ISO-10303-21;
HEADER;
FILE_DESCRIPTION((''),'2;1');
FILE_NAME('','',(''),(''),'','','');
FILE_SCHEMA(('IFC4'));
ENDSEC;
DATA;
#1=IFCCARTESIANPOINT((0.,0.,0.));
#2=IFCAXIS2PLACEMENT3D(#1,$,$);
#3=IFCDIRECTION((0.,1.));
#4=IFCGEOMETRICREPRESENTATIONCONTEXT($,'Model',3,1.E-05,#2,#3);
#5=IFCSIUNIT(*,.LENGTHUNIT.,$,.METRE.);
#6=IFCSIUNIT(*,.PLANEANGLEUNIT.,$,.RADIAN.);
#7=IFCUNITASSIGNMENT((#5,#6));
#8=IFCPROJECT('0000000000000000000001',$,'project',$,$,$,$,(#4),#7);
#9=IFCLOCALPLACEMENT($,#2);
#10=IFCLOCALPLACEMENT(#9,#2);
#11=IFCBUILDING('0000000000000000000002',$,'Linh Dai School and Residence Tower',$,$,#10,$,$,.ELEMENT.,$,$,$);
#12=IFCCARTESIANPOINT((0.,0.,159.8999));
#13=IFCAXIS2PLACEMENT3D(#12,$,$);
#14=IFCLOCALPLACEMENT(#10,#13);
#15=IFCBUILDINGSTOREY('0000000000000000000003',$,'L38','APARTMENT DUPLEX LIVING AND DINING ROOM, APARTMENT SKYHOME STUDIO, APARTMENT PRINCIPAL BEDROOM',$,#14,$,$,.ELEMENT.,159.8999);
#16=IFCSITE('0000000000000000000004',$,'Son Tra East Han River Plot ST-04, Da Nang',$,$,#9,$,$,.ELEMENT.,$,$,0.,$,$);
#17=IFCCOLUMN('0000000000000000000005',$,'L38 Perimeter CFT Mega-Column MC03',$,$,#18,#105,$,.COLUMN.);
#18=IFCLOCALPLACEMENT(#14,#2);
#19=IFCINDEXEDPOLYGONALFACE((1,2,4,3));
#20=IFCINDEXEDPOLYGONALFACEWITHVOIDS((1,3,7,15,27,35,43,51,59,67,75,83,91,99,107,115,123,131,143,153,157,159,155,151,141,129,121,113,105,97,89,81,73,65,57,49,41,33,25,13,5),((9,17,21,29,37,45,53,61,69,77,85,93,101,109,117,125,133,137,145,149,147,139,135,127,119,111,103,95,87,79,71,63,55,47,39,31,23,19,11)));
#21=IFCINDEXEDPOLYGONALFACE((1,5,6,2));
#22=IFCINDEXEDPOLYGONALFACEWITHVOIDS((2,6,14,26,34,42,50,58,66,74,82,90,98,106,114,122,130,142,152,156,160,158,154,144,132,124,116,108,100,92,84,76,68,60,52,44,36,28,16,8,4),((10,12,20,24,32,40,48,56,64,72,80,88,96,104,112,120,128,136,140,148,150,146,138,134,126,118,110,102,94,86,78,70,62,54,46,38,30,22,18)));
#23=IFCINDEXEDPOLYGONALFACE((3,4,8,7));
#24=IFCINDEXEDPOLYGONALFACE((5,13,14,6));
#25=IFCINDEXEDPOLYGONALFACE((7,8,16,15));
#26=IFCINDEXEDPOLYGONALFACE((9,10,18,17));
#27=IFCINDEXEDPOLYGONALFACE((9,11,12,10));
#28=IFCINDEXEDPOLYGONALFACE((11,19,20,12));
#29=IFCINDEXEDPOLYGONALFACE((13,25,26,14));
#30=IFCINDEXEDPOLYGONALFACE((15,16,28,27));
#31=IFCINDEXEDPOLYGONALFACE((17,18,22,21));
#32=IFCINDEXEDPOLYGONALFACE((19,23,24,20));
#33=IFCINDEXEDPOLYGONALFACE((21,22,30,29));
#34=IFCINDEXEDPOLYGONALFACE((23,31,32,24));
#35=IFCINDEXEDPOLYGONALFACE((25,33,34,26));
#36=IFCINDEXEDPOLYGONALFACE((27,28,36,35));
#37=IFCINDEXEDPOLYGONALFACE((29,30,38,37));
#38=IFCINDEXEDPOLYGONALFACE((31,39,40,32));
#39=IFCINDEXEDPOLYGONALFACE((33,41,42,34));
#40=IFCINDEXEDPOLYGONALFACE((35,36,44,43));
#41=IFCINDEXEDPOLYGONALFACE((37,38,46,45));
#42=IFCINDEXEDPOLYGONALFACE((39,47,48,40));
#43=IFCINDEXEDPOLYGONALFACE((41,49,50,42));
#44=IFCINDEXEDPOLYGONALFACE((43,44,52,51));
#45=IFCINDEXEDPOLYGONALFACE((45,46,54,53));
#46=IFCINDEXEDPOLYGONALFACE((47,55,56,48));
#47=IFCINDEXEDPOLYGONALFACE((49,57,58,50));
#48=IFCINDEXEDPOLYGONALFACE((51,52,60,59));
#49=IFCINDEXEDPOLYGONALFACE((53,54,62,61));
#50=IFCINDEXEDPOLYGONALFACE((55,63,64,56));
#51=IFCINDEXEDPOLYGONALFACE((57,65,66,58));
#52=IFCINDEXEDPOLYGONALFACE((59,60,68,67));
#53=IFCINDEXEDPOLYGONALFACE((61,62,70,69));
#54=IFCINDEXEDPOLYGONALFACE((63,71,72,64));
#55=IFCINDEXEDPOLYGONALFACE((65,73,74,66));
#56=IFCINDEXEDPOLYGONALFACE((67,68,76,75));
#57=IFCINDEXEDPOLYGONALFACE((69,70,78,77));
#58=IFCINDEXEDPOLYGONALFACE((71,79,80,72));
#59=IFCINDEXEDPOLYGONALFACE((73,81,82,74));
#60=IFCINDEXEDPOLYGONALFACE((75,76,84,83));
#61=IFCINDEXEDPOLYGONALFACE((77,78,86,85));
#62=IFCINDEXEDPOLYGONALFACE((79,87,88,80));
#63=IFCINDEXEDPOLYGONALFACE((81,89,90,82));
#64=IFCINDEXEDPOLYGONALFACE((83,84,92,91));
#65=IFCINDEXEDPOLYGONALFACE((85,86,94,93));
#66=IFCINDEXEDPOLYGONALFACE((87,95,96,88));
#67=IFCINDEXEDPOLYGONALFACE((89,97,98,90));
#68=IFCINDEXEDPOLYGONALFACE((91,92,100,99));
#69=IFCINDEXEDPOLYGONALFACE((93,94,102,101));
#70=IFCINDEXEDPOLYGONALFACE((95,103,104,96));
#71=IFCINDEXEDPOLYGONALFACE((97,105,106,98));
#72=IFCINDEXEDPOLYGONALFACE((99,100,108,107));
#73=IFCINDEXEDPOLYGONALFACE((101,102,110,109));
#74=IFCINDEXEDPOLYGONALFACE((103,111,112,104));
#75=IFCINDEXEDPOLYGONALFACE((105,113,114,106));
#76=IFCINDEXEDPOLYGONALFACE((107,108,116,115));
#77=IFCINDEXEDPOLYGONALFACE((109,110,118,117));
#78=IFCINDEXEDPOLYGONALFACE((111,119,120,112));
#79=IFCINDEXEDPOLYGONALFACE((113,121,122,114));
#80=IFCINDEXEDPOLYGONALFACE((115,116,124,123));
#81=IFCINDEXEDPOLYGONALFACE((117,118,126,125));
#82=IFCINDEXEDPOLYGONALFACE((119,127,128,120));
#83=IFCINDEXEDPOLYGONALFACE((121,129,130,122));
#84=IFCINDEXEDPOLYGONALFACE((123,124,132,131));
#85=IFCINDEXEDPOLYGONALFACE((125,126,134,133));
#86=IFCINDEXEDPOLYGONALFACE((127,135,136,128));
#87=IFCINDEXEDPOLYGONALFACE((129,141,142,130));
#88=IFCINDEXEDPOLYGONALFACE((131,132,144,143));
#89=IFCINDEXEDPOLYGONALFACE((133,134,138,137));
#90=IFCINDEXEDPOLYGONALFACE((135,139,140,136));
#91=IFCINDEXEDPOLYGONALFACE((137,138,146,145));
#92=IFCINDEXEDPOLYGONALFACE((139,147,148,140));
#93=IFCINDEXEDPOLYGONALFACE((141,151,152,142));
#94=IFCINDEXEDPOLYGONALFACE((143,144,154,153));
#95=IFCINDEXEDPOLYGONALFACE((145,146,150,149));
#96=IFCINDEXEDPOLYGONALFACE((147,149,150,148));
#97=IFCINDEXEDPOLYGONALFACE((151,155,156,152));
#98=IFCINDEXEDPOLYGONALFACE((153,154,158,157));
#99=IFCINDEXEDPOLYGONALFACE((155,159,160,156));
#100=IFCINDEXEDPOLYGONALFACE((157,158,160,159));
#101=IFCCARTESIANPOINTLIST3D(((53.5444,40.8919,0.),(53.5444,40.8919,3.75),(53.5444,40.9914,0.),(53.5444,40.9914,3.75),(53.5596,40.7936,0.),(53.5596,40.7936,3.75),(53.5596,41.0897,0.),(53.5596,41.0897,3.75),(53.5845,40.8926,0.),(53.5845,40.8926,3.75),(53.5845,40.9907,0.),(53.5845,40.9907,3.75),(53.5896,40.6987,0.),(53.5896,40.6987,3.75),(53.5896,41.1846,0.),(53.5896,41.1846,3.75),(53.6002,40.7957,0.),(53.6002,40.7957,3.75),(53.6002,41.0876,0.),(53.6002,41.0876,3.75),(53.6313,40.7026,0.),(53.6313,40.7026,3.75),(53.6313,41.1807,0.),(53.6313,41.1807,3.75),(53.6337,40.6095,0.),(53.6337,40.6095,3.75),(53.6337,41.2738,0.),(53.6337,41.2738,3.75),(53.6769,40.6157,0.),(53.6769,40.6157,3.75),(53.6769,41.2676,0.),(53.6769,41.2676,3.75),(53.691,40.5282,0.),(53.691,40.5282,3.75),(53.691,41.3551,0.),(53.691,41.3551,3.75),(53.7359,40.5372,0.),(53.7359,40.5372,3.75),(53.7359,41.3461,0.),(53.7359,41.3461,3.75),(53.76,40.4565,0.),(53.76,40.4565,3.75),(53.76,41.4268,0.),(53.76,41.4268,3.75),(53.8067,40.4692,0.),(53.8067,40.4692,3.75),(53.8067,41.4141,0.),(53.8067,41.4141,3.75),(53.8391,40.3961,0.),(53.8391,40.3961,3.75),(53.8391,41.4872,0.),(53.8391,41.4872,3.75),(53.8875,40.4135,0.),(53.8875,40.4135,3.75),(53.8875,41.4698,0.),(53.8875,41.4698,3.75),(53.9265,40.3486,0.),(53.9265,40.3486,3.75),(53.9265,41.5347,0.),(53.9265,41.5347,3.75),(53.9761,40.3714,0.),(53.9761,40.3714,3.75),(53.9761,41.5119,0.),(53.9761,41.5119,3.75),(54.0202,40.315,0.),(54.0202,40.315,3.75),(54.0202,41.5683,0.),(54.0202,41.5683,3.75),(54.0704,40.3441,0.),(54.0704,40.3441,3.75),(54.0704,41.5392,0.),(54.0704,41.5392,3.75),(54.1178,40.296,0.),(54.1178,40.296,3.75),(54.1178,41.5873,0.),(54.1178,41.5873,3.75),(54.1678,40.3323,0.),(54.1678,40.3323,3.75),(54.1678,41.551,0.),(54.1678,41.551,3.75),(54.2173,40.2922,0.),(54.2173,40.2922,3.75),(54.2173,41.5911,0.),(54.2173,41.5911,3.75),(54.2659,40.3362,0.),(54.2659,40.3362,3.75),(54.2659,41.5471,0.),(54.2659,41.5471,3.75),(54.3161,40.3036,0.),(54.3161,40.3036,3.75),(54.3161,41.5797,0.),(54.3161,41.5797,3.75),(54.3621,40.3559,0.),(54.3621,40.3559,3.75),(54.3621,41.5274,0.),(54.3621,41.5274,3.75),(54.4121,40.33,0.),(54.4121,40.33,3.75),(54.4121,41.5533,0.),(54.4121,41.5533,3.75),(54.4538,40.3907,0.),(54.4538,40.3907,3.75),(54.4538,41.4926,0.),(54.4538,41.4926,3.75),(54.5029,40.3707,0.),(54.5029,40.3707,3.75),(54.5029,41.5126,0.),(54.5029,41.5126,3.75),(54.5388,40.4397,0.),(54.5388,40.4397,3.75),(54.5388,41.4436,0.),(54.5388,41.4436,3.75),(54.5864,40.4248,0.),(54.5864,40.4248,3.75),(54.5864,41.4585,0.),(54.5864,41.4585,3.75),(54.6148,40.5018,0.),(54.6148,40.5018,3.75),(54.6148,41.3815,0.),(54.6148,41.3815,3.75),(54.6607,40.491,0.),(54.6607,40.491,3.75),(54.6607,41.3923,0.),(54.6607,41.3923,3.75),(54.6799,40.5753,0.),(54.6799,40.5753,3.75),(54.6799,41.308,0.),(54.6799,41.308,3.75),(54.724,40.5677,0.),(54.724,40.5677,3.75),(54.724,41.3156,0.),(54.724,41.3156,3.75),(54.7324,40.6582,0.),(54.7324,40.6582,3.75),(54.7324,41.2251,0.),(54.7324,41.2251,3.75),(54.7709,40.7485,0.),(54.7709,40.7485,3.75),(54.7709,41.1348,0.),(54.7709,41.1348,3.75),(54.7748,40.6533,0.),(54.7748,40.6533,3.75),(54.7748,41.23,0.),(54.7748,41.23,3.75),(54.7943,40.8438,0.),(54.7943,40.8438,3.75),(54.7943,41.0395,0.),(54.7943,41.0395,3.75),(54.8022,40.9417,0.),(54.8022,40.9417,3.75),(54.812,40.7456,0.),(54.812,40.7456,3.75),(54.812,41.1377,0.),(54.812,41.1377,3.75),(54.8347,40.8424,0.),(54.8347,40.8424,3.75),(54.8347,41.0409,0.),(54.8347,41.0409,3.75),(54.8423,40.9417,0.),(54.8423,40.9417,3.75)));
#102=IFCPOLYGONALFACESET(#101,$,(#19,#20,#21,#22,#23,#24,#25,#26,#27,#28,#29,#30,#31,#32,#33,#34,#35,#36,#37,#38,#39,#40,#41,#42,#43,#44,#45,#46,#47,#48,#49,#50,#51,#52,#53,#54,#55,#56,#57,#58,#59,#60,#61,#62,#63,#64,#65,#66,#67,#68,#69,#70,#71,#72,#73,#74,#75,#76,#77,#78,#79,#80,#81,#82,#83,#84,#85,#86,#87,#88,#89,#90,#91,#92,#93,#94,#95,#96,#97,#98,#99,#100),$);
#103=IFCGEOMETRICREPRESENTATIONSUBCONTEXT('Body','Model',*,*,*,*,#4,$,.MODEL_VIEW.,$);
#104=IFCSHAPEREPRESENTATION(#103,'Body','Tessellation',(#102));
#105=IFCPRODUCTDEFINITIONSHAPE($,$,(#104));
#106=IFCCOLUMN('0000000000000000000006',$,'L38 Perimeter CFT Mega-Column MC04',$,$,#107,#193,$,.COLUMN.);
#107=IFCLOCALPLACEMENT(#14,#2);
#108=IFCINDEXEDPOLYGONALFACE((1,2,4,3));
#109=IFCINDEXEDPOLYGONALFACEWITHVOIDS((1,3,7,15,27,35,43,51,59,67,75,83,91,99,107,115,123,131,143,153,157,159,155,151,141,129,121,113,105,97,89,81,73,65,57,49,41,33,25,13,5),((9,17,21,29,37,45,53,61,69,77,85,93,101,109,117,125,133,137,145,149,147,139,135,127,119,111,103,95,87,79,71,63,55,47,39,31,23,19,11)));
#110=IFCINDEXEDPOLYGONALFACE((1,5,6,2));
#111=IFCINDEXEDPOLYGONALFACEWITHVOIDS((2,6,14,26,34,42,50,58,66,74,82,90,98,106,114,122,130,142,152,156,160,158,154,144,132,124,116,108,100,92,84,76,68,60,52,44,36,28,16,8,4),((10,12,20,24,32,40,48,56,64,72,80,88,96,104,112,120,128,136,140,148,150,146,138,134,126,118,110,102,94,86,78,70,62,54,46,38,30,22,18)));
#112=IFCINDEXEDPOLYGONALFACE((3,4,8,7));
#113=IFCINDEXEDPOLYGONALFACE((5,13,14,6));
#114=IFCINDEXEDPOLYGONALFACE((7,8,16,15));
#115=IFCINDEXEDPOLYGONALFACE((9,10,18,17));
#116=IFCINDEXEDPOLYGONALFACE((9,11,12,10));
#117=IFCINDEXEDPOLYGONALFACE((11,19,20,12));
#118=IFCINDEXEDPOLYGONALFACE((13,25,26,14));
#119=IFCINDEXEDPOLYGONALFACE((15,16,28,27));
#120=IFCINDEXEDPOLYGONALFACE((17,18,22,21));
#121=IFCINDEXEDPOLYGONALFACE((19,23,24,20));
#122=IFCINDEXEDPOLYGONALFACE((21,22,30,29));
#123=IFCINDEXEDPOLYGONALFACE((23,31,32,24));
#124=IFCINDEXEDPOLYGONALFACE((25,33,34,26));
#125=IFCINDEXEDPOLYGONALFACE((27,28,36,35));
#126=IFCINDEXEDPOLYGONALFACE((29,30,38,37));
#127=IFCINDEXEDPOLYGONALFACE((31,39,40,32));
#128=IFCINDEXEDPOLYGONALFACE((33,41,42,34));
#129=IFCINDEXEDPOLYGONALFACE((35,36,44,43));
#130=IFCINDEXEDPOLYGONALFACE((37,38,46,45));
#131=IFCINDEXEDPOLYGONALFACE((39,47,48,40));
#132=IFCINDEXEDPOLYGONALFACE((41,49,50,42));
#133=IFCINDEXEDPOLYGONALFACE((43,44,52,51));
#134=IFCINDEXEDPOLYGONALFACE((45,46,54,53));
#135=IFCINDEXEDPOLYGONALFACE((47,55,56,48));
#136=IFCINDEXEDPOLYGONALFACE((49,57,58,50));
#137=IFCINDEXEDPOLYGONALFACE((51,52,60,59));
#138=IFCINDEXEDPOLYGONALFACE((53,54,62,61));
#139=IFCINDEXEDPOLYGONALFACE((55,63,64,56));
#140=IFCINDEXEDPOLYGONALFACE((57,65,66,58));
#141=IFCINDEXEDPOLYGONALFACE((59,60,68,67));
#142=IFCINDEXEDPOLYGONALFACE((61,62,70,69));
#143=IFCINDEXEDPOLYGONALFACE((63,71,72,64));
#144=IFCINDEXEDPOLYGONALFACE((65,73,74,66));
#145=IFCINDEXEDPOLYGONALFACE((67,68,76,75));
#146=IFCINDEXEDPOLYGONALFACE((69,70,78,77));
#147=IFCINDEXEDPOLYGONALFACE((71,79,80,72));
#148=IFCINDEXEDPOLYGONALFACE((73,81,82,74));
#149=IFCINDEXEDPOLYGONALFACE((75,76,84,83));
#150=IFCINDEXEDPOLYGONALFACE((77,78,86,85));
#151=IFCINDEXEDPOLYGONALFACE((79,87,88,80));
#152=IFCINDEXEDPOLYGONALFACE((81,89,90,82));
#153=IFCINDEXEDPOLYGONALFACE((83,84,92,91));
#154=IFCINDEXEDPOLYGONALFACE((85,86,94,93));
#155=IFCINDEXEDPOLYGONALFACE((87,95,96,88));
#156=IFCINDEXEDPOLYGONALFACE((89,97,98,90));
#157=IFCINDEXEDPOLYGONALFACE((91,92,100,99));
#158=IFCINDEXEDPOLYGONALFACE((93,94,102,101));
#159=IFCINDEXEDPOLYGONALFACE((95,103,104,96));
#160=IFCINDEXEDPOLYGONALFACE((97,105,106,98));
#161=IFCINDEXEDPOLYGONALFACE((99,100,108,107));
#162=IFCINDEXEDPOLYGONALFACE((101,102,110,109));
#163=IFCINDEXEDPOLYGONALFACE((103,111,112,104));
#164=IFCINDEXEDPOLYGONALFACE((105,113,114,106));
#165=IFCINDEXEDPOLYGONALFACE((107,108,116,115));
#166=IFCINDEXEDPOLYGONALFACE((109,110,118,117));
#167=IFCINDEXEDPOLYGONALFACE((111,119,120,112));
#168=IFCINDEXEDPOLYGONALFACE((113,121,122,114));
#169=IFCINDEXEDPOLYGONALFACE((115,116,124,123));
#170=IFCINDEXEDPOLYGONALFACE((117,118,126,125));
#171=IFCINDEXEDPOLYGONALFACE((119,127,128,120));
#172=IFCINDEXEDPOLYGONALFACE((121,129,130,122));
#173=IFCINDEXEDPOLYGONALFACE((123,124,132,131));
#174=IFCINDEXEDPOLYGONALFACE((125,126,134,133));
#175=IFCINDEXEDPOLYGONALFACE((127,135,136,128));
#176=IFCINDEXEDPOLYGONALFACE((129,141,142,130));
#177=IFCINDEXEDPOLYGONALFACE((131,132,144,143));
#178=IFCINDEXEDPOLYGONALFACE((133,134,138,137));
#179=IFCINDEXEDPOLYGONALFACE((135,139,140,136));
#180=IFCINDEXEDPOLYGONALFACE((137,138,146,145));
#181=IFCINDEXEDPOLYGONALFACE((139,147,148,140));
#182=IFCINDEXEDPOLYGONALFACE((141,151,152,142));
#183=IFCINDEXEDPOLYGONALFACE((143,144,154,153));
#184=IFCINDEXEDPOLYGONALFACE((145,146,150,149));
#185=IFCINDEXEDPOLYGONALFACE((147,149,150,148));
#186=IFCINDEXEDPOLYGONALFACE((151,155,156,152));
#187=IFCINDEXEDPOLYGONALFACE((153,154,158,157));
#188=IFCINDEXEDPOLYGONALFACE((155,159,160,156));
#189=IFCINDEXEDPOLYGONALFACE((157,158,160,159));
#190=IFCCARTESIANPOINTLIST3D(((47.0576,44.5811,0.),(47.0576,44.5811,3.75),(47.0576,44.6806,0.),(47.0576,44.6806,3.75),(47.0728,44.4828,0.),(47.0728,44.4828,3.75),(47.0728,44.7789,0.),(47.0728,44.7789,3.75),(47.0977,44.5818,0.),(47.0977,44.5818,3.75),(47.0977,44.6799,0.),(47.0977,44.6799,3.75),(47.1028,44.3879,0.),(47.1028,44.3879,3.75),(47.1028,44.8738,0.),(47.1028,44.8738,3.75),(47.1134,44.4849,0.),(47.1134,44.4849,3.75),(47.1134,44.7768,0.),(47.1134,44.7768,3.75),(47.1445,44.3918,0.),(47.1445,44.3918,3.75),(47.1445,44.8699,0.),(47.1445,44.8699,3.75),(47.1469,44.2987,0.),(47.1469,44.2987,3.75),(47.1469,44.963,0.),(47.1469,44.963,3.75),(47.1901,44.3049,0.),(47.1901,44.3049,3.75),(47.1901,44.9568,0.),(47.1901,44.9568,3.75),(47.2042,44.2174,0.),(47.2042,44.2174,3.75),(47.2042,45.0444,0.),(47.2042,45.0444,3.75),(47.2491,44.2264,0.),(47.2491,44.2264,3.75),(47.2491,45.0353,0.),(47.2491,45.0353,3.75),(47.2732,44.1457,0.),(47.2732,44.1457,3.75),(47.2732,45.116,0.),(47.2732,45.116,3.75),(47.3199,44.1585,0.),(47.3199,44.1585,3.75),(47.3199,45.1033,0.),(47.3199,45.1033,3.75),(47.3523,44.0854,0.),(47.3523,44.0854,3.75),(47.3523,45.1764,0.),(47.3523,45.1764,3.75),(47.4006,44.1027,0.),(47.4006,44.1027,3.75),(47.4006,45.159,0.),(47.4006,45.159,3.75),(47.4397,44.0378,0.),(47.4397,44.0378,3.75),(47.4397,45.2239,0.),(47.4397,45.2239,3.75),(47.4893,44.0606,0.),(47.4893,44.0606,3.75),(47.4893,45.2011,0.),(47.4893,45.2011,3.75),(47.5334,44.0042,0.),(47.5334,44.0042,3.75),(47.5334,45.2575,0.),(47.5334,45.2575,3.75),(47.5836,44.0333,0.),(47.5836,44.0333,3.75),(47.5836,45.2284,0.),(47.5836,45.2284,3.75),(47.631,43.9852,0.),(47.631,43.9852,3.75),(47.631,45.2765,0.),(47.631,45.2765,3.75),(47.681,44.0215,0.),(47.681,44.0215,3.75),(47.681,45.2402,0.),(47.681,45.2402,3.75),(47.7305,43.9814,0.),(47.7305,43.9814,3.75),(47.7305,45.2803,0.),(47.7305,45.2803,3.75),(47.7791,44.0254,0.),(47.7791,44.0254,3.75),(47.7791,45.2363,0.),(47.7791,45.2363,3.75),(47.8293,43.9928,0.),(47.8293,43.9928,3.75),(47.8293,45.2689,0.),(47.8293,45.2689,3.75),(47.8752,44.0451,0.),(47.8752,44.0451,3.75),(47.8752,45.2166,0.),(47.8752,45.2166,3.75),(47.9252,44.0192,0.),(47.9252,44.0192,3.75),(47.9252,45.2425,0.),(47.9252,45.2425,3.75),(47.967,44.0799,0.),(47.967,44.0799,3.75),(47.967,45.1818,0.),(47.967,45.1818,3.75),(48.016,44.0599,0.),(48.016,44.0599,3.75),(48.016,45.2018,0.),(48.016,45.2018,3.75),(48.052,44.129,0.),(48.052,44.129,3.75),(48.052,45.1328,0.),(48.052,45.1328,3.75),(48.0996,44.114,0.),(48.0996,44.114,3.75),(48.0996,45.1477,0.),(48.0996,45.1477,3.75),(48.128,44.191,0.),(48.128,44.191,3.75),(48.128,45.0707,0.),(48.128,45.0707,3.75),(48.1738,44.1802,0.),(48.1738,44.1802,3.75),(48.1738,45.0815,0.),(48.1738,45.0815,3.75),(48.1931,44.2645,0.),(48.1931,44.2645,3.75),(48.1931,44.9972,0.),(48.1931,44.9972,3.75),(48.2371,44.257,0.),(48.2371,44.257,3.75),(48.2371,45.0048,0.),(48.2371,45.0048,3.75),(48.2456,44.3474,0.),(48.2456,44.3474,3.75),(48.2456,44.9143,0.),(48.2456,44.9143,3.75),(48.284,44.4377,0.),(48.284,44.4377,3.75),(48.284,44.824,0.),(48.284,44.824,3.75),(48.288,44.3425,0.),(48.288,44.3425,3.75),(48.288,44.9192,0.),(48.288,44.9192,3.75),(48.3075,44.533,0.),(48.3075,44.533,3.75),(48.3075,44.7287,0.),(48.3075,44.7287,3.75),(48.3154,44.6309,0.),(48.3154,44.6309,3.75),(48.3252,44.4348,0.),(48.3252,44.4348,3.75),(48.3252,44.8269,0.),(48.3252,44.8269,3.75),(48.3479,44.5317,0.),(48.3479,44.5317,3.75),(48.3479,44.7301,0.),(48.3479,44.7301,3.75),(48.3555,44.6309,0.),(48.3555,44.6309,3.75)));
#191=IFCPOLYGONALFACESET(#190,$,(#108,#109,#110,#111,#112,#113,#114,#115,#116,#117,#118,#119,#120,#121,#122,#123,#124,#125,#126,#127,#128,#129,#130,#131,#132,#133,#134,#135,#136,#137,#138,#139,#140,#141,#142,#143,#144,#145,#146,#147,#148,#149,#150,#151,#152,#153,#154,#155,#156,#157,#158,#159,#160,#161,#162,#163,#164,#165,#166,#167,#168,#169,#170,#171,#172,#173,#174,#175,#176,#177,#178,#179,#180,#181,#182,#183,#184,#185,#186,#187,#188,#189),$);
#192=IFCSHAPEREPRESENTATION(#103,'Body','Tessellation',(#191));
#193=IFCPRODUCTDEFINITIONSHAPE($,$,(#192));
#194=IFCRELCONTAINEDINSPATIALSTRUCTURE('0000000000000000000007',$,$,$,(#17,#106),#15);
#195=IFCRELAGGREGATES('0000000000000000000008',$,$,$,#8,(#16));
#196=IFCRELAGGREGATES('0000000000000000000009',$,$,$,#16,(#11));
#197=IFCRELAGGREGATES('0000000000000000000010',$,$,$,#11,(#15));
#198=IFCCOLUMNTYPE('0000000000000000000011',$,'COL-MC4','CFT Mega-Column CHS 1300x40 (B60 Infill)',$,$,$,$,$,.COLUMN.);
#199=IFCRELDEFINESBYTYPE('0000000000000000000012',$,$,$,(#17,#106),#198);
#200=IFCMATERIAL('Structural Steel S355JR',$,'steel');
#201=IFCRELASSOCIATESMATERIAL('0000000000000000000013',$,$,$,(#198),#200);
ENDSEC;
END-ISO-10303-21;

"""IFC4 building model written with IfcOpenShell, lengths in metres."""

from ifc_helpers import new_model, si_unit, direction, frame, origin, origin_2d, place, context, subcontext, project, spatial, hollow_circle, extrude, material, material_profile, profile_set, type_object, element, save


model = new_model("IFC4")

# Units and contexts
model_context = context("Model", 3, precision=1e-05, world=origin(), true_north=direction((0.0, 1.0)))
body_context = subcontext(model_context, "Body", "Model", "MODEL_VIEW")
ifc_project = project(units=[si_unit("LENGTHUNIT", "METRE"), si_unit("PLANEANGLEUNIT", "RADIAN")], contexts=[model_context])

# Site, building, storey
site_placement = place(None, origin())
site = spatial("IfcSite", under=ifc_project, at=site_placement, Name="Son Tra East Han River Plot ST-04, Da Nang", CompositionType="ELEMENT", RefElevation=0.0)
building_placement = place(site_placement, origin())
building = spatial("IfcBuilding", under=site, at=building_placement, Name="Linh Dai School and Residence Tower", CompositionType="ELEMENT")
storey_placement = place(building_placement, frame((0.0, 0.0, 159.8999)))
storey = spatial("IfcBuildingStorey", under=building, at=storey_placement, Name="L38", Description="APARTMENT DUPLEX LIVING AND DINING ROOM, APARTMENT SKYHOME STUDIO, APARTMENT PRINCIPAL BEDROOM", CompositionType="ELEMENT", Elevation=159.8999)

# Columns
ifc_material_1 = material(Name="Structural Steel S355JR", Category="steel")
ifc_material_profile_1 = material_profile(ifc_material_1, hollow_circle(Radius=0.6499, WallThickness=0.04, at=origin_2d()), Name="CHS 1300x40")
ifc_profile_set_1 = profile_set([ifc_material_profile_1], Name="Structural Steel S355JR")
column_type = type_object("IfcColumnType", Name="COL-MC4", Description="CFT Mega-Column CHS 1300x40 (B60 Infill)", PredefinedType="COLUMN", material=ifc_profile_set_1)
for number, where, z_axis, x_axis, name in (
    (1, (54.1924, 40.9417, 0.0), (0.0, 0.0, 1.0), (1.0, 0.0, 0.0), "L38 Perimeter CFT Mega-Column MC03"),
    (2, (47.7056, 44.6309, 0.0), (0.0, 0.0, 1.0), (1.0, 0.0, 0.0), "L38 Perimeter CFT Mega-Column MC04"),
):
    element("IfcColumn", number, at=place(storey_placement, frame(where, z_axis=z_axis, x_axis=x_axis)), inside=storey, type_object=column_type, Name=name, PredefinedType="COLUMN", context=body_context, shape_type="SweptSolid", body=[
        extrude(hollow_circle(Radius=0.6499, WallThickness=0.04, at=origin_2d()), origin(), (0.0, 0.0, 1.0), 3.75),
    ])

save(model, "model.ifc")
